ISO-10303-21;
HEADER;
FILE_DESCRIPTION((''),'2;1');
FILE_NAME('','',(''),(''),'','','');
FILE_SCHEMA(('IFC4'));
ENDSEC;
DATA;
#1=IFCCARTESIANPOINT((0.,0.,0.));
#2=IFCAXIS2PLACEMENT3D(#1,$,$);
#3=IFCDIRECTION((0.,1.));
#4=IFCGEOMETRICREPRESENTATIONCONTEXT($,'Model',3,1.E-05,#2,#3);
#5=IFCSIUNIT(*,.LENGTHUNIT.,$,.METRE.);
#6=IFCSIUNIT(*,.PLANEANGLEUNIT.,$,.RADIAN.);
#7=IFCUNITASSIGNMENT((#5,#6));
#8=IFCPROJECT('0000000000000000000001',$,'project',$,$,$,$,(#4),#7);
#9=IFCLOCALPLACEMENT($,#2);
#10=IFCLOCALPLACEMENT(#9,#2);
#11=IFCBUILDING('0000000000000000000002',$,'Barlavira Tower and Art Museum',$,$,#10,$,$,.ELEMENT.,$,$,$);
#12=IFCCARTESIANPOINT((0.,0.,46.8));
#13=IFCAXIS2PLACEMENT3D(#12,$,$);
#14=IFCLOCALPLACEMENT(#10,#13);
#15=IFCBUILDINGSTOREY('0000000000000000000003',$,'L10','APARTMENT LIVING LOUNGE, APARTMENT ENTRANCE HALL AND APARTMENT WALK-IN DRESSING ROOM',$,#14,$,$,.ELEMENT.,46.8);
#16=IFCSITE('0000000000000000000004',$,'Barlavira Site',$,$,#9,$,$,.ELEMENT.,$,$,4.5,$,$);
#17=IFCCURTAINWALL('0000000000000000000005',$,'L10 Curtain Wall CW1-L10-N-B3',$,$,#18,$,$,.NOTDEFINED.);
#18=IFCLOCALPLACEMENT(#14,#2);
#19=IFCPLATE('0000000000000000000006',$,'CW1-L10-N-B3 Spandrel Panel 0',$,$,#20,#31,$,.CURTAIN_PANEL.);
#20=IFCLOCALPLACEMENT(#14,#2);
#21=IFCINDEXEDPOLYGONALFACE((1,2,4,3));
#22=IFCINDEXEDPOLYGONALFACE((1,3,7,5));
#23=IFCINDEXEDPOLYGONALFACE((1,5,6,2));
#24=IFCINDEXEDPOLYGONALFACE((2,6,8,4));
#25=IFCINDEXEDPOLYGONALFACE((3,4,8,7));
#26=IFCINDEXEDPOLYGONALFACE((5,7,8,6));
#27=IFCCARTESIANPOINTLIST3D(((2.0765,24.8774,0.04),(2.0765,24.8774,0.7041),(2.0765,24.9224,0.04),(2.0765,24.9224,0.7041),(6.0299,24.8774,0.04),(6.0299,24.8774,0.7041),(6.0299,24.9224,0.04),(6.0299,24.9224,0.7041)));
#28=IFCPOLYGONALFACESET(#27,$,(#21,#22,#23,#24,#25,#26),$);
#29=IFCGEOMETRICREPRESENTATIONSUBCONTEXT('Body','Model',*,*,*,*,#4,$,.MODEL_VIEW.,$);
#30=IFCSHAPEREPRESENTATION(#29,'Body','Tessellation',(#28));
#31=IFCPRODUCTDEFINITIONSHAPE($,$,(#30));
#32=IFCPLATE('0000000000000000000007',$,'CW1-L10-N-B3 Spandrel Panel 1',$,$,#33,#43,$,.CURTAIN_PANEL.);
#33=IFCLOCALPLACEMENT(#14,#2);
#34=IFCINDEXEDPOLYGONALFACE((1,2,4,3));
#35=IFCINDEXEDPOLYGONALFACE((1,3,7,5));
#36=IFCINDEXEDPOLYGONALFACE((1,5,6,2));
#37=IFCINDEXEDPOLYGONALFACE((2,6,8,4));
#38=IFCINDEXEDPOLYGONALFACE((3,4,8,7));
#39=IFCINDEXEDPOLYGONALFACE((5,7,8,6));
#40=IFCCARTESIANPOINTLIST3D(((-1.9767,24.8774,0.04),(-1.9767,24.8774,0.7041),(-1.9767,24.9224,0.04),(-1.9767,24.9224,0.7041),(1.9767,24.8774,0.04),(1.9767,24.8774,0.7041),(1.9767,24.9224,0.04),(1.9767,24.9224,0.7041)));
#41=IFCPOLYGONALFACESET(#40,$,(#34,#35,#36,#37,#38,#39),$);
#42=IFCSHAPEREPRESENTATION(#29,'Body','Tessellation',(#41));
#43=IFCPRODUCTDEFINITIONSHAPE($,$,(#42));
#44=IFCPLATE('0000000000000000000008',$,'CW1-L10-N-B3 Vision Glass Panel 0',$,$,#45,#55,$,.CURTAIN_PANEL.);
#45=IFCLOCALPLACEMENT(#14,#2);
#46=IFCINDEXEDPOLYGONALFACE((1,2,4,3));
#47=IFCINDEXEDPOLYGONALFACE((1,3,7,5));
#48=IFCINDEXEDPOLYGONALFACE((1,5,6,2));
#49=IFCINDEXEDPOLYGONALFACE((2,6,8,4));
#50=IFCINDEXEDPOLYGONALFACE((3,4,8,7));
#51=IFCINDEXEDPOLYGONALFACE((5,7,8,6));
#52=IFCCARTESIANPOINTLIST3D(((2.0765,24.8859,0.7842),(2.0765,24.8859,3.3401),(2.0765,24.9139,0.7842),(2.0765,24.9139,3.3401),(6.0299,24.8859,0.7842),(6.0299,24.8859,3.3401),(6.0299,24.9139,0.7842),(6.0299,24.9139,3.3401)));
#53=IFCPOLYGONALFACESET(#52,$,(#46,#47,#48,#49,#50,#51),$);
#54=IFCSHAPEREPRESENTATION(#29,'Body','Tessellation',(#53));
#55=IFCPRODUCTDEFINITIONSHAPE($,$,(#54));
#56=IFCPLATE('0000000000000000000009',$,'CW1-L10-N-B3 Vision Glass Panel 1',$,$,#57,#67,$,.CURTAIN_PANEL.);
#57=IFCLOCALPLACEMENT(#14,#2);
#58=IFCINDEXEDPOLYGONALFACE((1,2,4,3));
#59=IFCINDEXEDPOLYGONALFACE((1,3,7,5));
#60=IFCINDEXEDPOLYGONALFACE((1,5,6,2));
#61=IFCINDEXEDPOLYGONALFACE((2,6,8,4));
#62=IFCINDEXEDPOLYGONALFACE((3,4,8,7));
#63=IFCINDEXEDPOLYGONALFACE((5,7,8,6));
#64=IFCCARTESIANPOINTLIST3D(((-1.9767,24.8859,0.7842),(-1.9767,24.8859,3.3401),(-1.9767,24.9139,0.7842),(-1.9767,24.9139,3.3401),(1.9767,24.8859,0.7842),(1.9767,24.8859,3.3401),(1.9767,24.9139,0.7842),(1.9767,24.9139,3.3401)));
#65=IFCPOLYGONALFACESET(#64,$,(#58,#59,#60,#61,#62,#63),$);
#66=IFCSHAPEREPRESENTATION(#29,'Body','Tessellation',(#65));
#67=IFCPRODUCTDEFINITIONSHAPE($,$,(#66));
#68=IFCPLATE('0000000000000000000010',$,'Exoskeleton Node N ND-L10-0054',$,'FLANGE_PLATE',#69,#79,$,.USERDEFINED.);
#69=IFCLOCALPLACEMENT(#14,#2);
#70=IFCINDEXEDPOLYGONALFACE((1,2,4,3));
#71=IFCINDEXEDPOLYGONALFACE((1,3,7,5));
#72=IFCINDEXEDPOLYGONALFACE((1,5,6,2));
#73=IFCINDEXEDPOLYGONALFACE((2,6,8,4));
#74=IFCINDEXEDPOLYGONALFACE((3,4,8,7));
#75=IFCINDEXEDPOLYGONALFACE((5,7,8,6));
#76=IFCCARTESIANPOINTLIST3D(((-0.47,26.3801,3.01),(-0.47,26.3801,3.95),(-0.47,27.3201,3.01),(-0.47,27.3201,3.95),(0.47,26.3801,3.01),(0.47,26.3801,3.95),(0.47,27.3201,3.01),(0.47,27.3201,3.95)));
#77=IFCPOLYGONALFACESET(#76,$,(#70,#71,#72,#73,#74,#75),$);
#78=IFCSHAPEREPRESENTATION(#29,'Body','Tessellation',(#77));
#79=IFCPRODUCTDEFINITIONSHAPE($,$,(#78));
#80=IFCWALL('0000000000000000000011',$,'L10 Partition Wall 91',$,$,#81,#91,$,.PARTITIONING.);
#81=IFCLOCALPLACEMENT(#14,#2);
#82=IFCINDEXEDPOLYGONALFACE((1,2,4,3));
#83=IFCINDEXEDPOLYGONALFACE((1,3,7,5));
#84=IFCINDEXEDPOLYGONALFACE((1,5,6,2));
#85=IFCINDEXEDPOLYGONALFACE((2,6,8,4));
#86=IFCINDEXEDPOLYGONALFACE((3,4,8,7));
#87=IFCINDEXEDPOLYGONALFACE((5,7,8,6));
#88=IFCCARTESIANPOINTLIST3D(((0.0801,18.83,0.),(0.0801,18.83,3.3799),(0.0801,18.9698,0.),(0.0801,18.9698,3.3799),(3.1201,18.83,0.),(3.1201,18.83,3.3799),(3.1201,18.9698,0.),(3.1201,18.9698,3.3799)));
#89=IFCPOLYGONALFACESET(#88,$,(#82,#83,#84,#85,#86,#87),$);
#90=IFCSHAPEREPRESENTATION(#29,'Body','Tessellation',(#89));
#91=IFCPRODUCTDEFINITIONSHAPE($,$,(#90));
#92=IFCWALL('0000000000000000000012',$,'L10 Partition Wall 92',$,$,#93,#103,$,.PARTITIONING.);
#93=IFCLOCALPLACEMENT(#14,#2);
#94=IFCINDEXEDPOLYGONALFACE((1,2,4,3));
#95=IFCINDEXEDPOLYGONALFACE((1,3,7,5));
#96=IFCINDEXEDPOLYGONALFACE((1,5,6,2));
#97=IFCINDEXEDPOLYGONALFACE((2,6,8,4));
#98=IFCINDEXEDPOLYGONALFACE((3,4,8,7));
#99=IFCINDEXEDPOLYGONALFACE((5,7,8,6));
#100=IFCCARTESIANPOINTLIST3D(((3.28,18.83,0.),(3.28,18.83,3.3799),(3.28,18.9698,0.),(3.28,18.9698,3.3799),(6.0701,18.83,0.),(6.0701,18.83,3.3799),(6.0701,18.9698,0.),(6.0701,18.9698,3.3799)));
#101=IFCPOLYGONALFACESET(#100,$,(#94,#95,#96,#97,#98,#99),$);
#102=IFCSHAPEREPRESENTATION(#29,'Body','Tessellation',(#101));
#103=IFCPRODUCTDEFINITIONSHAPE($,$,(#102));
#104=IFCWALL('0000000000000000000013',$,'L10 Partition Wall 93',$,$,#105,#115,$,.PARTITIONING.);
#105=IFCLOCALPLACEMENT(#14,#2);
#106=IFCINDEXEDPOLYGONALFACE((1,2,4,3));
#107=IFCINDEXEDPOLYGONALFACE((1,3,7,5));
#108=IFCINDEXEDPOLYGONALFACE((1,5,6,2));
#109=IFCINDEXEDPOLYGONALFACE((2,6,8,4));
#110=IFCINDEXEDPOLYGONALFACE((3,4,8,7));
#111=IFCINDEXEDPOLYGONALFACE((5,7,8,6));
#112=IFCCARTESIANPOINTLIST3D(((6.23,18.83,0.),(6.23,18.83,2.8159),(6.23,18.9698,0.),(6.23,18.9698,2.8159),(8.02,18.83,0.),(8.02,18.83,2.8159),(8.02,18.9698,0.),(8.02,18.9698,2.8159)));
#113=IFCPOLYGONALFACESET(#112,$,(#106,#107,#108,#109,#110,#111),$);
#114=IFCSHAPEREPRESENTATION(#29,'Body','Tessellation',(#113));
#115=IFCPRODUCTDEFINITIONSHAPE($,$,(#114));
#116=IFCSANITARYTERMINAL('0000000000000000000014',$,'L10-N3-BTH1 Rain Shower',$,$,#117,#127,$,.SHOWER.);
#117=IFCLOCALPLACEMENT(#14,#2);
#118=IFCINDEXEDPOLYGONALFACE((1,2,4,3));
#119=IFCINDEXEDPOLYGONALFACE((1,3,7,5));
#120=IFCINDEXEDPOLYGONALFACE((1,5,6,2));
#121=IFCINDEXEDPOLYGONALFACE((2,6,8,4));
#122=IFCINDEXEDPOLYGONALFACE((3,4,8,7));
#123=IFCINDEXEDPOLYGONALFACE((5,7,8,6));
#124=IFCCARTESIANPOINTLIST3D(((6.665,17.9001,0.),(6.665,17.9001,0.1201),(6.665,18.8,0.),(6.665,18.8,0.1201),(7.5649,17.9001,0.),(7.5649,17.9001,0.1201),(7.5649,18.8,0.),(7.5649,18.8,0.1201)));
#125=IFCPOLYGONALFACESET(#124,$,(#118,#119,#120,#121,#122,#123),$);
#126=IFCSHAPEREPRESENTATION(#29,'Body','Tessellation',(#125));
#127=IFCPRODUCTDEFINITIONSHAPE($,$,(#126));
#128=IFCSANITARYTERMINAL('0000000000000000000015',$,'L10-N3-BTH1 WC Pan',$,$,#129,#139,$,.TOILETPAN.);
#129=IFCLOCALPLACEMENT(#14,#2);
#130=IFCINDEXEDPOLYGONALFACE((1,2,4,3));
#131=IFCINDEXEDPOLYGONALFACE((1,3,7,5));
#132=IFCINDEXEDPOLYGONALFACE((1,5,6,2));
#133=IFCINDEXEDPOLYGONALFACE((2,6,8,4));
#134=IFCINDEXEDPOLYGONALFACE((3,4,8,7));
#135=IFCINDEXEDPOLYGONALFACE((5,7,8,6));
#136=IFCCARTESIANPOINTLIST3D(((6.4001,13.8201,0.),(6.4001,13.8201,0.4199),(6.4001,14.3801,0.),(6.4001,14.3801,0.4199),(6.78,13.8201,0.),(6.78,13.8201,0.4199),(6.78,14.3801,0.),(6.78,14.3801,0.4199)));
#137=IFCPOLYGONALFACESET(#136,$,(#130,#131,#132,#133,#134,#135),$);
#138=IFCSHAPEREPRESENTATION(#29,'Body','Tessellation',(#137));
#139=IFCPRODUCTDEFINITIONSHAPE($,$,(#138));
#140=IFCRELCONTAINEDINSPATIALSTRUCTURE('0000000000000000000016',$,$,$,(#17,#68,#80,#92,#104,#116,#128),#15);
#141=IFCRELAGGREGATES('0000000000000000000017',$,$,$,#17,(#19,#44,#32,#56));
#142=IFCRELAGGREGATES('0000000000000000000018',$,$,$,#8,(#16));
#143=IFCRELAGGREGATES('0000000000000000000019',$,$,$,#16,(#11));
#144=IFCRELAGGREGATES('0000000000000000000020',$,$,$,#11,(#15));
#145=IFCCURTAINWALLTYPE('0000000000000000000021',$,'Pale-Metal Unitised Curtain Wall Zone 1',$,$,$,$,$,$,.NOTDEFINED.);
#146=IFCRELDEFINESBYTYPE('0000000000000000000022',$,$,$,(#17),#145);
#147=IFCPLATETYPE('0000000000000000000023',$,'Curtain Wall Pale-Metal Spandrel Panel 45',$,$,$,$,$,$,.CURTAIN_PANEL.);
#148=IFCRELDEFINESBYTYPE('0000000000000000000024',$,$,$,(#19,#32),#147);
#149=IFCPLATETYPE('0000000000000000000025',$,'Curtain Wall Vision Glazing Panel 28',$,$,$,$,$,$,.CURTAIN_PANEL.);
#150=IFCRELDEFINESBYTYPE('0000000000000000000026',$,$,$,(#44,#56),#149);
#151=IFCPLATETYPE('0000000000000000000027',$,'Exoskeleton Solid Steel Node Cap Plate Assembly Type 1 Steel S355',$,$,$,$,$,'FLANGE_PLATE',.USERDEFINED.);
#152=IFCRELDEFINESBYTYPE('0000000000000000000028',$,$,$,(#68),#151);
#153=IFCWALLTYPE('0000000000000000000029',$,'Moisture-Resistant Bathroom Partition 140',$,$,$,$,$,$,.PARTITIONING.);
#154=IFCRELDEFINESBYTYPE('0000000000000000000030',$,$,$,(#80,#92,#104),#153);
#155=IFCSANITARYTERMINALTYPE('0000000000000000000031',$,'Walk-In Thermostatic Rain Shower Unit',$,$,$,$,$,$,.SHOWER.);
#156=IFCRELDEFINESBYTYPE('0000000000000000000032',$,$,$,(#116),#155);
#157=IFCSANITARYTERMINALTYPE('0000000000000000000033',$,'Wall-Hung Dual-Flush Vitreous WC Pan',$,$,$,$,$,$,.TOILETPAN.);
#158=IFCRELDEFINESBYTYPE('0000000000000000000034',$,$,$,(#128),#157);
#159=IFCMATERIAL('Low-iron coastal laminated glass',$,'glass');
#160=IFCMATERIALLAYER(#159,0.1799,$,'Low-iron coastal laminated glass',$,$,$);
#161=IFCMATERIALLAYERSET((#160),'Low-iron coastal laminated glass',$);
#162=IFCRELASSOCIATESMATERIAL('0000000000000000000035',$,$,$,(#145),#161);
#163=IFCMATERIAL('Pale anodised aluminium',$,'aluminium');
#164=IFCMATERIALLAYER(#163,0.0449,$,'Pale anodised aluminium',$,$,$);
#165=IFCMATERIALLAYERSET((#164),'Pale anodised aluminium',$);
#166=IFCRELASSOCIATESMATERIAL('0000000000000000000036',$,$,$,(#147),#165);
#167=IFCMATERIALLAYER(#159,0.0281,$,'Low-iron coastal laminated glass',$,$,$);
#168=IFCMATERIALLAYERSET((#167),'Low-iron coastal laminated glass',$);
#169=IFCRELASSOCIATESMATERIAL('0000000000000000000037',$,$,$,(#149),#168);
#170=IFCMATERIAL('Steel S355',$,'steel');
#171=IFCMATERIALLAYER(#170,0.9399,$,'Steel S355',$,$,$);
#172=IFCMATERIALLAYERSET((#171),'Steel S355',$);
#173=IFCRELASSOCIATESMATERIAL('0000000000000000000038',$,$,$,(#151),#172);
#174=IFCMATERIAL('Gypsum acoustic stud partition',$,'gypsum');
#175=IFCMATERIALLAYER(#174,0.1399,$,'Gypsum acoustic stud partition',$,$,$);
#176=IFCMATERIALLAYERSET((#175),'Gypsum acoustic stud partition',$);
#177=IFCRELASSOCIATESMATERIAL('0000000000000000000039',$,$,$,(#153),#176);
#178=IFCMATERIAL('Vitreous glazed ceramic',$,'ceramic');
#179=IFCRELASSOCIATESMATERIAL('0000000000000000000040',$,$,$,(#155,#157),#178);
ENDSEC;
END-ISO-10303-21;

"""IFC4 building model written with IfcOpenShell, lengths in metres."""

from ifc_helpers import new_model, si_unit, direction, frame, frame_2d, origin, origin_2d, place, context, subcontext, project, spatial, rectangle, extrude, material, layer, layer_set, type_object, element, aggregate, save


model = new_model("IFC4")

# Units and contexts
model_context = context("Model", 3, precision=1e-05, world=origin(), true_north=direction((0.0, 1.0)))
body_context = subcontext(model_context, "Body", "Model", "MODEL_VIEW")
ifc_project = project(units=[si_unit("LENGTHUNIT", "METRE"), si_unit("PLANEANGLEUNIT", "RADIAN")], contexts=[model_context])

# Site, building, storey
site_placement = place(None, origin())
site = spatial("IfcSite", under=ifc_project, at=site_placement, Name="Barlavira Site", CompositionType="ELEMENT", RefElevation=4.5)
building_placement = place(site_placement, origin())
building = spatial("IfcBuilding", under=site, at=building_placement, Name="Barlavira Tower and Art Museum", CompositionType="ELEMENT")
storey_placement = place(building_placement, frame((0.0, 0.0, 46.8)))
storey = spatial("IfcBuildingStorey", under=building, at=storey_placement, Name="L10", Description="APARTMENT LIVING LOUNGE, APARTMENT ENTRANCE HALL AND APARTMENT WALK-IN DRESSING ROOM", CompositionType="ELEMENT", Elevation=46.8)

# Curtain wall
ifc_material_1 = material(Name="Low-iron coastal laminated glass", Category="glass")
ifc_layer_1 = layer(ifc_material_1, 0.1799, Name="Low-iron coastal laminated glass")
ifc_layer_set_1 = layer_set([ifc_layer_1], Name="Low-iron coastal laminated glass")
curtain_wall_type = type_object("IfcCurtainWallType", Name="Pale-Metal Unitised Curtain Wall Zone 1", PredefinedType="NOTDEFINED", material=ifc_layer_set_1)
curtain_wall_placement = place(storey_placement, origin())
curtain_wall = element("IfcCurtainWall", 1, at=curtain_wall_placement, inside=storey, type_object=curtain_wall_type, Name="L10 Curtain Wall CW1-L10-N-B3", PredefinedType="NOTDEFINED")
ifc_material_2 = material(Name="Pale anodised aluminium", Category="aluminium")

# Shared definitions
ifc_material_3 = material(Name="Steel S355", Category="steel")

# Plates
ifc_layer_2 = layer(ifc_material_2, 0.0449, Name="Pale anodised aluminium")
ifc_layer_set_2 = layer_set([ifc_layer_2], Name="Pale anodised aluminium")
plate_type_1 = type_object("IfcPlateType", Name="Curtain Wall Pale-Metal Spandrel Panel 45", PredefinedType="CURTAIN_PANEL", material=ifc_layer_set_2)
plate_1_placement = place(storey_placement, frame((4.0532, 24.8999, 0.04), z_axis=(0.0, 0.0, 1.0), x_axis=(-1.0, 0.0, 0.0)))
plate_1 = element("IfcPlate", 2, at=plate_1_placement, type_object=plate_type_1, Name="CW1-L10-N-B3 Spandrel Panel 0", PredefinedType="CURTAIN_PANEL", context=body_context, shape_type="SweptSolid", body=[
    extrude(rectangle(XDim=3.9534, YDim=0.0449, at=origin_2d()), origin(), (0.0, 0.0, 1.0), 0.6641),
])
plate_2_placement = place(storey_placement, frame((0.0, 24.8999, 0.04), z_axis=(0.0, 0.0, 1.0), x_axis=(-1.0, 0.0, 0.0)))
plate_2 = element("IfcPlate", 3, at=plate_2_placement, type_object=plate_type_1, Name="CW1-L10-N-B3 Spandrel Panel 1", PredefinedType="CURTAIN_PANEL", context=body_context, shape_type="SweptSolid", body=[
    extrude(rectangle(XDim=3.9534, YDim=0.0449, at=origin_2d()), origin(), (0.0, 0.0, 1.0), 0.6641),
])
ifc_layer_3 = layer(ifc_material_1, 0.0281, Name="Low-iron coastal laminated glass")
ifc_layer_set_3 = layer_set([ifc_layer_3], Name="Low-iron coastal laminated glass")
plate_type_2 = type_object("IfcPlateType", Name="Curtain Wall Vision Glazing Panel 28", PredefinedType="CURTAIN_PANEL", material=ifc_layer_set_3)
plate_3_placement = place(storey_placement, frame((4.0532, 24.8999, 0.7842), z_axis=(0.0, 0.0, 1.0), x_axis=(-1.0, 0.0, 0.0)))
plate_3 = element("IfcPlate", 4, at=plate_3_placement, type_object=plate_type_2, Name="CW1-L10-N-B3 Vision Glass Panel 0", PredefinedType="CURTAIN_PANEL", context=body_context, shape_type="SweptSolid", body=[
    extrude(rectangle(XDim=3.9534, YDim=0.0281, at=origin_2d()), origin(), (0.0, 0.0, 1.0), 2.5559),
])
plate_4_placement = place(storey_placement, frame((0.0, 24.8999, 0.7842), z_axis=(0.0, 0.0, 1.0), x_axis=(-1.0, 0.0, 0.0)))
plate_4 = element("IfcPlate", 5, at=plate_4_placement, type_object=plate_type_2, Name="CW1-L10-N-B3 Vision Glass Panel 1", PredefinedType="CURTAIN_PANEL", context=body_context, shape_type="SweptSolid", body=[
    extrude(rectangle(XDim=3.9534, YDim=0.0281, at=origin_2d()), origin(), (0.0, 0.0, 1.0), 2.5559),
])
aggregate(curtain_wall, [plate_1, plate_3, plate_2, plate_4])
ifc_layer_4 = layer(ifc_material_3, 0.9399, Name="Steel S355")
ifc_layer_set_4 = layer_set([ifc_layer_4], Name="Steel S355")
plate_type_3 = type_object("IfcPlateType", Name="Exoskeleton Solid Steel Node Cap Plate Assembly Type 1 Steel S355", ElementType="FLANGE_PLATE", PredefinedType="USERDEFINED", material=ifc_layer_set_4)
plate_5_placement = place(storey_placement, frame((0.0, 26.8501, 3.01), z_axis=(0.0, 0.0, 1.0), x_axis=(1.0, 0.0, 0.0)))
element("IfcPlate", 6, at=plate_5_placement, inside=storey, type_object=plate_type_3, Name="Exoskeleton Node N ND-L10-0054", ObjectType="FLANGE_PLATE", PredefinedType="USERDEFINED", context=body_context, shape_type="SweptSolid", body=[
    extrude(rectangle(XDim=0.9399, YDim=0.9399, at=origin_2d()), origin(), (0.0, 0.0, 1.0), 0.9399),
])

# Walls
ifc_material_4 = material(Name="Gypsum acoustic stud partition", Category="gypsum")
ifc_layer_5 = layer(ifc_material_4, 0.1399, Name="Gypsum acoustic stud partition")
ifc_layer_set_5 = layer_set([ifc_layer_5], Name="Gypsum acoustic stud partition")
wall_type = type_object("IfcWallType", Name="Moisture-Resistant Bathroom Partition 140", PredefinedType="PARTITIONING", material=ifc_layer_set_5)
wall_1_placement = place(storey_placement, frame((0.0801, 18.8999, 0.0), z_axis=(0.0, 0.0, 1.0), x_axis=(1.0, 0.0, 0.0)))
element("IfcWall", 7, at=wall_1_placement, inside=storey, type_object=wall_type, Name="L10 Partition Wall 91", PredefinedType="PARTITIONING", context=body_context, shape_type="SweptSolid", body=[
    extrude(rectangle(XDim=3.04, YDim=0.1399, at=frame_2d((1.52, 0.0))), origin(), (0.0, 0.0, 1.0), 3.3799),
])
wall_2_placement = place(storey_placement, frame((3.28, 18.8999, 0.0), z_axis=(0.0, 0.0, 1.0), x_axis=(1.0, 0.0, 0.0)))
element("IfcWall", 8, at=wall_2_placement, inside=storey, type_object=wall_type, Name="L10 Partition Wall 92", PredefinedType="PARTITIONING", context=body_context, shape_type="SweptSolid", body=[
    extrude(rectangle(XDim=2.79, YDim=0.1399, at=frame_2d((1.395, 0.0))), origin(), (0.0, 0.0, 1.0), 3.3799),
])
wall_3_placement = place(storey_placement, frame((6.23, 18.8999, 0.0), z_axis=(0.0, 0.0, 1.0), x_axis=(1.0, 0.0, 0.0)))
element("IfcWall", 9, at=wall_3_placement, inside=storey, type_object=wall_type, Name="L10 Partition Wall 93", PredefinedType="PARTITIONING", context=body_context, shape_type="SweptSolid", body=[
    extrude(rectangle(XDim=1.79, YDim=0.1399, at=frame_2d((0.895, 0.0))), origin(), (0.0, 0.0, 1.0), 2.8159),
])

# Sanitary terminals
ifc_material_5 = material(Name="Vitreous glazed ceramic", Category="ceramic")
sanitary_terminal_type_1 = type_object("IfcSanitaryTerminalType", Name="Walk-In Thermostatic Rain Shower Unit", PredefinedType="SHOWER", material=ifc_material_5)
sanitary_terminal_1_placement = place(storey_placement, frame((7.115, 18.3501, 0.0), z_axis=(0.0, 0.0, 1.0), x_axis=(1.0, 0.0, 0.0)))
element("IfcSanitaryTerminal", 10, at=sanitary_terminal_1_placement, inside=storey, type_object=sanitary_terminal_type_1, Name="L10-N3-BTH1 Rain Shower", PredefinedType="SHOWER", context=body_context, shape_type="SweptSolid", body=[
    extrude(rectangle(XDim=0.8999, YDim=0.8999, at=origin_2d()), origin(), (0.0, 0.0, 1.0), 0.1201),
])
sanitary_terminal_type_2 = type_object("IfcSanitaryTerminalType", Name="Wall-Hung Dual-Flush Vitreous WC Pan", PredefinedType="TOILETPAN", material=ifc_material_5)
sanitary_terminal_2_placement = place(storey_placement, frame((6.5901, 14.1001, 0.0), z_axis=(0.0, 0.0, 1.0), x_axis=(1.0, 0.0, 0.0)))
element("IfcSanitaryTerminal", 11, at=sanitary_terminal_2_placement, inside=storey, type_object=sanitary_terminal_type_2, Name="L10-N3-BTH1 WC Pan", PredefinedType="TOILETPAN", context=body_context, shape_type="SweptSolid", body=[
    extrude(rectangle(XDim=0.3799, YDim=0.5601, at=origin_2d()), origin(), (0.0, 0.0, 1.0), 0.4199),
])

save(model, "model.ifc")
